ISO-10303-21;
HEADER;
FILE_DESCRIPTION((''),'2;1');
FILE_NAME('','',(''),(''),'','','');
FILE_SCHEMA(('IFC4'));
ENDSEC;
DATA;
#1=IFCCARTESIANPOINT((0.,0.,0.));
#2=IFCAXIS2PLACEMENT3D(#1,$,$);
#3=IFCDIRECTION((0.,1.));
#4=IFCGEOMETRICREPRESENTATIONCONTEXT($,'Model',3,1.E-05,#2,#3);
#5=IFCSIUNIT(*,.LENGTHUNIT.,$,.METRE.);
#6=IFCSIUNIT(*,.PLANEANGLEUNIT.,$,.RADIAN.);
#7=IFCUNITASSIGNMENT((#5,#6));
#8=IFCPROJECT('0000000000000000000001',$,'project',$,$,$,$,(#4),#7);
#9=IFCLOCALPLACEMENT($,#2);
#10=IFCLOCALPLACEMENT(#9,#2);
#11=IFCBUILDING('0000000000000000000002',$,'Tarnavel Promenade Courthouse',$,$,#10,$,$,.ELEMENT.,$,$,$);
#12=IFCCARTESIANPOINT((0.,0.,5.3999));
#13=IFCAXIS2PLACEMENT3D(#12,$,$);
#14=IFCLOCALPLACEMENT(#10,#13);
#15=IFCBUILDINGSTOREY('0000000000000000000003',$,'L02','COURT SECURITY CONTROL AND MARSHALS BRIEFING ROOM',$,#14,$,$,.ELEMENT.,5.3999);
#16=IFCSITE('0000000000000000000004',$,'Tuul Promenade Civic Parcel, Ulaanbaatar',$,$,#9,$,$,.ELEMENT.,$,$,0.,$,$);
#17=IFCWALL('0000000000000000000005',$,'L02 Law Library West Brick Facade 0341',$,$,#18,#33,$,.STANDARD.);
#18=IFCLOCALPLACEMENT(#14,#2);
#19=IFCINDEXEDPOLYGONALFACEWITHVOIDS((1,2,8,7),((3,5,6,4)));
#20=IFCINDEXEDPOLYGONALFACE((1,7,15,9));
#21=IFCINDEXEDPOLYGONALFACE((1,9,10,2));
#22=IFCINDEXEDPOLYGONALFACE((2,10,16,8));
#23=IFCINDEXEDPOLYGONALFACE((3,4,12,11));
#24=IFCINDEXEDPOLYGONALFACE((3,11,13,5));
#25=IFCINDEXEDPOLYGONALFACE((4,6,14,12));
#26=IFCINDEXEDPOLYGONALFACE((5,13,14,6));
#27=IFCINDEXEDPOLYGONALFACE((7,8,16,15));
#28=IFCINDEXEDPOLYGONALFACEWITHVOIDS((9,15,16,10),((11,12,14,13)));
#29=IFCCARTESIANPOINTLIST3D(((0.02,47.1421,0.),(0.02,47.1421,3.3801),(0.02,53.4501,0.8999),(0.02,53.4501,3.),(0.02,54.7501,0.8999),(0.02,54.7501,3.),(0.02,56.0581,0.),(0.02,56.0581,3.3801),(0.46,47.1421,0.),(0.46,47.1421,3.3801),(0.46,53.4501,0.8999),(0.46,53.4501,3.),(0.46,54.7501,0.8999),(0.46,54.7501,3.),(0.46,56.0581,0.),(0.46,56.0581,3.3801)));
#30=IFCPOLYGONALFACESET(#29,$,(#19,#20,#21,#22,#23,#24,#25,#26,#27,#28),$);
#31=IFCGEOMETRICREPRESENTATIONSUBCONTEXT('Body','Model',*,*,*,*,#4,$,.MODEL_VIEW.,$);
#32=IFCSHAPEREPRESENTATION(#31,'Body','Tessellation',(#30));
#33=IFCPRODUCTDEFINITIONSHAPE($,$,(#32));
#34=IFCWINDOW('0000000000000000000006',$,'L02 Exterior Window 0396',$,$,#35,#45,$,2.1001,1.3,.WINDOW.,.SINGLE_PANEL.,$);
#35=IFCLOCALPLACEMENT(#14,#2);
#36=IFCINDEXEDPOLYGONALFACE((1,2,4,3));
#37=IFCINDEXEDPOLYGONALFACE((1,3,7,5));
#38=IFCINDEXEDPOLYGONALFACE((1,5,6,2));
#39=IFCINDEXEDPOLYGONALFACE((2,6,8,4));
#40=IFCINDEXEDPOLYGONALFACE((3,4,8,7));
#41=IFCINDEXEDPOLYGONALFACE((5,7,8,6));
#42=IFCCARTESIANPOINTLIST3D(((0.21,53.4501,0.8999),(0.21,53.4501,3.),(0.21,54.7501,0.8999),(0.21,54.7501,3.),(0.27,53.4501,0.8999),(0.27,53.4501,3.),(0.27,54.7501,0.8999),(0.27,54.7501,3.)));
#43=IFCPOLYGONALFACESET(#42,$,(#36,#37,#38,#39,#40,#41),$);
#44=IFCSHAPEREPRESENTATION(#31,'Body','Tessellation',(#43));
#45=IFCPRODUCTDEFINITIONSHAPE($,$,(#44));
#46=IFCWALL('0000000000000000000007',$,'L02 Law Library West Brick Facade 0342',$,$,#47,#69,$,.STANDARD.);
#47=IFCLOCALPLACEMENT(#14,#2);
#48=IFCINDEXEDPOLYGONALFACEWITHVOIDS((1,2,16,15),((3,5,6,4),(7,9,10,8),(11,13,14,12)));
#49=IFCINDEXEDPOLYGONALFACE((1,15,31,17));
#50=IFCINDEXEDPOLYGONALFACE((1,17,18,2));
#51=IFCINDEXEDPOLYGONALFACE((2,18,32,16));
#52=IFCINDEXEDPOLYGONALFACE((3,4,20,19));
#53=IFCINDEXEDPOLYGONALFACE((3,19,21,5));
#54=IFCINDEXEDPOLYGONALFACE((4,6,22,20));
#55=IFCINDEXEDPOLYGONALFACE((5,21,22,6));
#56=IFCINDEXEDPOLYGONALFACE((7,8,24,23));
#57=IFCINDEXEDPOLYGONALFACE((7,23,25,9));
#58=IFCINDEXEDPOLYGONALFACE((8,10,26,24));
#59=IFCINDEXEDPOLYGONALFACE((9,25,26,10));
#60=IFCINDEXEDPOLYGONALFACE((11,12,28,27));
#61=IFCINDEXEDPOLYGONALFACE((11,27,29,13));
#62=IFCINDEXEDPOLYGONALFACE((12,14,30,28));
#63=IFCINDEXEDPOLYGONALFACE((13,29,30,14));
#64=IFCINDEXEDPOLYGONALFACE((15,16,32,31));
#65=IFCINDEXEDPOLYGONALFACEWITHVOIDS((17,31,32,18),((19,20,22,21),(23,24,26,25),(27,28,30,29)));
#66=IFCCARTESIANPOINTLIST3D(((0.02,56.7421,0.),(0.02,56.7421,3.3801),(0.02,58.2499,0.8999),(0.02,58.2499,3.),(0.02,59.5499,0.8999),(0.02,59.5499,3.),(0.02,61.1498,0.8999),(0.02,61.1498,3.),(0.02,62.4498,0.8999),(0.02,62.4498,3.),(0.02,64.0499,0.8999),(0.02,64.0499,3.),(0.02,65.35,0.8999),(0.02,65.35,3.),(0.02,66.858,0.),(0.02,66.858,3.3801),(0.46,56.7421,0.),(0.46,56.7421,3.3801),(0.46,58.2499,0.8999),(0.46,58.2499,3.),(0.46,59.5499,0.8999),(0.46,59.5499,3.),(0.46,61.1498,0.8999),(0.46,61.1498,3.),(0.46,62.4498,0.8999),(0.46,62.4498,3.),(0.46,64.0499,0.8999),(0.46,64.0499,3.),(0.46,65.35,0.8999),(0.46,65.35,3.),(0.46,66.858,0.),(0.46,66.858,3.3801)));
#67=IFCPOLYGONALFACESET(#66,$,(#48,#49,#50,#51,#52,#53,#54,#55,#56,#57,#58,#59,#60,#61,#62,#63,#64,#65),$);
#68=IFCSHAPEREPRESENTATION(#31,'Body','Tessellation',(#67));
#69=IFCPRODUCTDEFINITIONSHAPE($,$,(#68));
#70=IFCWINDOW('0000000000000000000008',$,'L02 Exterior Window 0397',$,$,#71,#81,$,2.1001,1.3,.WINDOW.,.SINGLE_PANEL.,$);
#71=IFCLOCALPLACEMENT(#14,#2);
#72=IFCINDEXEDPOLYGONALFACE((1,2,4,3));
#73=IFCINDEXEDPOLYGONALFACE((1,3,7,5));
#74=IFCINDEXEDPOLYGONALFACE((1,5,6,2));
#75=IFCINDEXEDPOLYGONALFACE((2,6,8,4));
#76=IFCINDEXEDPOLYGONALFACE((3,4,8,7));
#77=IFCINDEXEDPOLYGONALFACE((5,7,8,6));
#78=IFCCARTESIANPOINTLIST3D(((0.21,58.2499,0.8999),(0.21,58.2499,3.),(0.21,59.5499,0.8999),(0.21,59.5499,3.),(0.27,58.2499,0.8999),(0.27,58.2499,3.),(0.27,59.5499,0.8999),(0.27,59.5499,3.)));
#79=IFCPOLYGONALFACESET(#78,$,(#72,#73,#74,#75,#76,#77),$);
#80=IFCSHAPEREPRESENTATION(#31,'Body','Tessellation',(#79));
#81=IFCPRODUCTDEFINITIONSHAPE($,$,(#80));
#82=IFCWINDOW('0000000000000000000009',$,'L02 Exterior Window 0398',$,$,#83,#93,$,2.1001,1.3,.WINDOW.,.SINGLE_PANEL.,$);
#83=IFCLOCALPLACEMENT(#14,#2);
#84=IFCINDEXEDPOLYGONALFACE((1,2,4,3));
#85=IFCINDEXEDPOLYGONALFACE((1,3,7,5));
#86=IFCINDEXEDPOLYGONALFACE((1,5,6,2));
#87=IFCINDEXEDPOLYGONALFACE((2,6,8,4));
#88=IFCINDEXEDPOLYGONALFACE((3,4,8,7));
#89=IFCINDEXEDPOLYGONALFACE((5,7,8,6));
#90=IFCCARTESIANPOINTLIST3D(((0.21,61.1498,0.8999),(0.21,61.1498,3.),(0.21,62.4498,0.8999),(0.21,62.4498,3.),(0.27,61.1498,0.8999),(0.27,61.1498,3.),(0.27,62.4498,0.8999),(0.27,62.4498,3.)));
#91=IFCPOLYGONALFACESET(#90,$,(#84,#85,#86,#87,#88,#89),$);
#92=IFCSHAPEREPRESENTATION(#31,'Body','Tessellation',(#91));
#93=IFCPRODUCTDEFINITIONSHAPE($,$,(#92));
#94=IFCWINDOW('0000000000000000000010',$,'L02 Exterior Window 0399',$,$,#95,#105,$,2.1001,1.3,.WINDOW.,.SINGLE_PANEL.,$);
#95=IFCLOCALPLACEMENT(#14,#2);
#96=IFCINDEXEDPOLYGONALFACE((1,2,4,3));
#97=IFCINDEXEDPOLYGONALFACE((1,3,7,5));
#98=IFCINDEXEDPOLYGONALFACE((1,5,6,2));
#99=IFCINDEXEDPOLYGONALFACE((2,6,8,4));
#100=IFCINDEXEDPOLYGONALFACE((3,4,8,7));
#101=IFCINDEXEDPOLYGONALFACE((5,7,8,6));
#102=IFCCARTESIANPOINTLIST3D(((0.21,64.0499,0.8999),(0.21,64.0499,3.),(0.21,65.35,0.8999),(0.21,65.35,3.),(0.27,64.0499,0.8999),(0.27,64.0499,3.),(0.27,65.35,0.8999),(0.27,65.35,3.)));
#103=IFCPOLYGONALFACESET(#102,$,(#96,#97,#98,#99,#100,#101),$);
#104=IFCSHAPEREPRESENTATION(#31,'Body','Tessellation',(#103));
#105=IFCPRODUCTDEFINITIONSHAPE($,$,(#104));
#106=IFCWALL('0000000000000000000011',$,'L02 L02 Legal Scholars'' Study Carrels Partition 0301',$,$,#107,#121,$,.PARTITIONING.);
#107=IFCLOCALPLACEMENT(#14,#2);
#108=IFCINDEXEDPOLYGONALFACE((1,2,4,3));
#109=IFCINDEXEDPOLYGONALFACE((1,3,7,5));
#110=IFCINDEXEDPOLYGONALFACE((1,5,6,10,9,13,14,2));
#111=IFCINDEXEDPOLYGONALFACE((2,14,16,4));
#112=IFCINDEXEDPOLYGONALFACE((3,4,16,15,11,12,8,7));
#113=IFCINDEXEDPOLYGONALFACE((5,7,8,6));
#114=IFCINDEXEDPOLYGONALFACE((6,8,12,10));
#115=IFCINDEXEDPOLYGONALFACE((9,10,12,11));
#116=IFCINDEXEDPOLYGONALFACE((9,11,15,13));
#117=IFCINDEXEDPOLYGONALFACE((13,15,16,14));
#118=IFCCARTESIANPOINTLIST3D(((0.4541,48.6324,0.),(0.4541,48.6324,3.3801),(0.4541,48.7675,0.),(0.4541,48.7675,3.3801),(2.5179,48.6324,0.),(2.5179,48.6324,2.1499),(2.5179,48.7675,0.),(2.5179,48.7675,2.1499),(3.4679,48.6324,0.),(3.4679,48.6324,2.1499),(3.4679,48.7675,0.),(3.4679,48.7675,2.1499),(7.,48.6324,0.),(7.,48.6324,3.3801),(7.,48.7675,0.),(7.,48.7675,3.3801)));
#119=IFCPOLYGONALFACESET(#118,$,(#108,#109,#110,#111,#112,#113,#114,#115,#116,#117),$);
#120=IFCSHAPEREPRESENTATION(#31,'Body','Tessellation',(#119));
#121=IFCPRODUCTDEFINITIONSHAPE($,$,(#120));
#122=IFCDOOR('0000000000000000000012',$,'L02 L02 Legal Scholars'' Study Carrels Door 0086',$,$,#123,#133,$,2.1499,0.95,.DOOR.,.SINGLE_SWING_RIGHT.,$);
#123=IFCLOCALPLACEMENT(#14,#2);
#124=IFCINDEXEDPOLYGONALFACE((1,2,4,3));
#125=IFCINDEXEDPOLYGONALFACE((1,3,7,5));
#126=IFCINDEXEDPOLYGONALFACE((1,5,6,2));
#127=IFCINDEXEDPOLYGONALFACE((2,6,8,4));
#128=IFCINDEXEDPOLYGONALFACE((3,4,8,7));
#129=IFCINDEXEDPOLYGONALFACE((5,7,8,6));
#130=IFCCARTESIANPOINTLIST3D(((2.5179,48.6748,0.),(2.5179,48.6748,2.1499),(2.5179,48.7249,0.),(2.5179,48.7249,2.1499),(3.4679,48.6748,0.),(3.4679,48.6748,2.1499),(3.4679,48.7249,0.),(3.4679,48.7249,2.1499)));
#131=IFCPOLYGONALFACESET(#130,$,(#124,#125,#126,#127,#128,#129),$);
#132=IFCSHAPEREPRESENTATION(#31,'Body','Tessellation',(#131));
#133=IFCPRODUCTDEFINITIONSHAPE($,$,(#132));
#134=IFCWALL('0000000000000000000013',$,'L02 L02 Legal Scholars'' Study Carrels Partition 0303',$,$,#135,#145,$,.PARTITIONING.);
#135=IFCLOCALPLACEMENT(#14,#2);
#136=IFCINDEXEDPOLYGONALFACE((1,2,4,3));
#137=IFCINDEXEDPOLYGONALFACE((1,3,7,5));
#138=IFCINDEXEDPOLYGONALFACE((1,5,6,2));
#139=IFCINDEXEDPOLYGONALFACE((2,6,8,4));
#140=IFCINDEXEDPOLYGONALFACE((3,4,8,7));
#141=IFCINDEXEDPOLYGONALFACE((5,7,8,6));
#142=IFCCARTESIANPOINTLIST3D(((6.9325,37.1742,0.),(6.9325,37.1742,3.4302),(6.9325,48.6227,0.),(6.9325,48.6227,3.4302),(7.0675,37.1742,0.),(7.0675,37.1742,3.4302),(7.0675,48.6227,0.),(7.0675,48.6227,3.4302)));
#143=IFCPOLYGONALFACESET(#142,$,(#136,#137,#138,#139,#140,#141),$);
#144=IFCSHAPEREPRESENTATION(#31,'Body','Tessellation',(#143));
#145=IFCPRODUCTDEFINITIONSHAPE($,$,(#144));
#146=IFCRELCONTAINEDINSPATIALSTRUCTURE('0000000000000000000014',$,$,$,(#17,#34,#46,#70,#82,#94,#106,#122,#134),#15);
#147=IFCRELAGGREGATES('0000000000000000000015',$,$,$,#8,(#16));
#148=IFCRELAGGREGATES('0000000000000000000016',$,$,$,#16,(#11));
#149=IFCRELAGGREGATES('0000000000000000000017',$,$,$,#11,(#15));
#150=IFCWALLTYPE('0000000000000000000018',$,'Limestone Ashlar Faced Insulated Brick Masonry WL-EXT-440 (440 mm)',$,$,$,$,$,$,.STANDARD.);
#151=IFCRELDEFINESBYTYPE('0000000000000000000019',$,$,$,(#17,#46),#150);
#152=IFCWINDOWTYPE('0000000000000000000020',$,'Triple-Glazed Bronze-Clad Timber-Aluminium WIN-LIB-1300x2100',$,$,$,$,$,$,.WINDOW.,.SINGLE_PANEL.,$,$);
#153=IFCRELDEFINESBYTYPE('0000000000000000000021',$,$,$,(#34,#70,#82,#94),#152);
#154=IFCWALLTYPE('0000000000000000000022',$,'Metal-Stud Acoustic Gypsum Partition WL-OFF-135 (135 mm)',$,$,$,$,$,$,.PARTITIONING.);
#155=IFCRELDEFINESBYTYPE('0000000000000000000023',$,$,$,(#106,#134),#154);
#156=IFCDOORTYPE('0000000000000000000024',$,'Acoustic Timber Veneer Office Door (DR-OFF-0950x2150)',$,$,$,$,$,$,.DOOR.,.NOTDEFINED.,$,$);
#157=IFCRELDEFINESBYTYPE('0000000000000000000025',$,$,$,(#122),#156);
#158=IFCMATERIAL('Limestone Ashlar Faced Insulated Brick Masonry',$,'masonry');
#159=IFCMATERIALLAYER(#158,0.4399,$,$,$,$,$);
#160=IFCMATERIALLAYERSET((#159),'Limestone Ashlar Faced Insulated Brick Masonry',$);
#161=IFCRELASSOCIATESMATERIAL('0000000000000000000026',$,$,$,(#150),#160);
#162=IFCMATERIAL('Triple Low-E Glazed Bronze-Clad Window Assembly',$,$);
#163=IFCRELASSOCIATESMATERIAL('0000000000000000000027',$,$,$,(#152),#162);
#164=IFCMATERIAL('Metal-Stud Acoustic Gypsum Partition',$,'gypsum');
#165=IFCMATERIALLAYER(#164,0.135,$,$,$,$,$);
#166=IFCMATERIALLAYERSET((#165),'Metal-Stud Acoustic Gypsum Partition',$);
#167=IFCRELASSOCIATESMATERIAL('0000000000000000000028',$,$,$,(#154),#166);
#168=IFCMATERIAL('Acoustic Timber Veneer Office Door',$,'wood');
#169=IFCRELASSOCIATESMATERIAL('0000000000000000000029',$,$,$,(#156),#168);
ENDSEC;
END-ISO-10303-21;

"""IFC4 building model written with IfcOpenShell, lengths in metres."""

from ifc_helpers import new_model, si_unit, direction, frame, frame_2d, origin, place, context, subcontext, project, spatial, rectangle, extrude, material, layer, layer_set, type_object, element, fill, save


model = new_model("IFC4")

# Units and contexts
model_context = context("Model", 3, precision=1e-05, world=origin(), true_north=direction((0.0, 1.0)))
body_context = subcontext(model_context, "Body", "Model", "MODEL_VIEW")
ifc_project = project(units=[si_unit("LENGTHUNIT", "METRE"), si_unit("PLANEANGLEUNIT", "RADIAN")], contexts=[model_context])

# Site, building, storey
site_placement = place(None, origin())
site = spatial("IfcSite", under=ifc_project, at=site_placement, Name="Tuul Promenade Civic Parcel, Ulaanbaatar", CompositionType="ELEMENT", RefElevation=0.0)
building_placement = place(site_placement, origin())
building = spatial("IfcBuilding", under=site, at=building_placement, Name="Tarnavel Promenade Courthouse", CompositionType="ELEMENT")
storey_placement = place(building_placement, frame((0.0, 0.0, 5.3999)))
storey = spatial("IfcBuildingStorey", under=building, at=storey_placement, Name="L02", Description="COURT SECURITY CONTROL AND MARSHALS BRIEFING ROOM", CompositionType="ELEMENT", Elevation=5.3999)

# Wall, opening, window
ifc_material_1 = material(Name="Limestone Ashlar Faced Insulated Brick Masonry", Category="masonry")
ifc_layer_1 = layer(ifc_material_1, 0.4399)
ifc_layer_set_1 = layer_set([ifc_layer_1], Name="Limestone Ashlar Faced Insulated Brick Masonry")
wall_type_1 = type_object("IfcWallType", Name="Limestone Ashlar Faced Insulated Brick Masonry WL-EXT-440 (440 mm)", PredefinedType="STANDARD", material=ifc_layer_set_1)
wall_1_placement = place(storey_placement, frame((0.24, 47.1421, 0.0), z_axis=(0.0, 0.0, 1.0), x_axis=(0.0, 1.0, 0.0)))
wall_1 = element("IfcWall", 1, at=wall_1_placement, inside=storey, type_object=wall_type_1, Name="L02 Law Library West Brick Facade 0341", PredefinedType="STANDARD", context=body_context, shape_type="SweptSolid", body=[
    extrude(rectangle(XDim=8.916, YDim=0.4399, at=frame_2d((4.458, 0.0))), origin(), (0.0, 0.0, 1.0), 3.3801),
])
opening_1_placement = place(wall_1_placement, frame((6.3081, 0.0, 0.8999)))
opening_1 = element("IfcOpeningElement", 2, at=opening_1_placement, cuts=wall_1, PredefinedType="OPENING", context=body_context, shape_type="SweptSolid", body=[
    extrude(rectangle(XDim=1.3, YDim=2.1001, at=frame_2d((0.6499, 1.05))), frame((0.0, 0.23, 0.0), z_axis=(0.0, -1.0, 0.0), x_axis=(1.0, 0.0, 0.0)), (0.0, 0.0, 1.0), 0.46),
])
ifc_material_2 = material(Name="Triple Low-E Glazed Bronze-Clad Window Assembly")
window_type = type_object("IfcWindowType", Name="Triple-Glazed Bronze-Clad Timber-Aluminium WIN-LIB-1300x2100", PartitioningType="SINGLE_PANEL", PredefinedType="WINDOW", material=ifc_material_2)
window_1_placement = place(opening_1_placement, origin())
window_1 = element("IfcWindow", 3, at=window_1_placement, inside=storey, type_object=window_type, Name="L02 Exterior Window 0396", OverallHeight=2.1001, OverallWidth=1.3, PartitioningType="SINGLE_PANEL", PredefinedType="WINDOW", context=body_context, shape_type="SweptSolid", body=[
    extrude(rectangle(XDim=1.3, YDim=2.1001, at=frame_2d((0.6499, 1.05))), frame((0.0, 0.03, 0.0), z_axis=(0.0, -1.0, 0.0), x_axis=(1.0, 0.0, 0.0)), (0.0, 0.0, 1.0), 0.0601),
])
fill(opening_1, window_1)

# Wall, openings, windows
wall_2_placement = place(storey_placement, frame((0.24, 56.7419, 0.0), z_axis=(0.0, 0.0, 1.0), x_axis=(0.0, 1.0, 0.0)))
wall_2 = element("IfcWall", 4, at=wall_2_placement, inside=storey, type_object=wall_type_1, Name="L02 Law Library West Brick Facade 0342", PredefinedType="STANDARD", context=body_context, shape_type="SweptSolid", body=[
    extrude(rectangle(XDim=10.116, YDim=0.4399, at=frame_2d((5.0581, 0.0))), origin(), (0.0, 0.0, 1.0), 3.3801),
])
opening_2_placement = place(wall_2_placement, frame((1.5081, 0.0, 0.8999)))
opening_2 = element("IfcOpeningElement", 5, at=opening_2_placement, cuts=wall_2, PredefinedType="OPENING", context=body_context, shape_type="SweptSolid", body=[
    extrude(rectangle(XDim=1.3, YDim=2.1001, at=frame_2d((0.6499, 1.05))), frame((0.0, 0.23, 0.0), z_axis=(0.0, -1.0, 0.0), x_axis=(1.0, 0.0, 0.0)), (0.0, 0.0, 1.0), 0.46),
])
opening_3_placement = place(wall_2_placement, frame((4.408, 0.0, 0.8999)))
opening_3 = element("IfcOpeningElement", 6, at=opening_3_placement, cuts=wall_2, PredefinedType="OPENING", context=body_context, shape_type="SweptSolid", body=[
    extrude(rectangle(XDim=1.3, YDim=2.1001, at=frame_2d((0.6499, 1.05))), frame((0.0, 0.23, 0.0), z_axis=(0.0, -1.0, 0.0), x_axis=(1.0, 0.0, 0.0)), (0.0, 0.0, 1.0), 0.46),
])
opening_4_placement = place(wall_2_placement, frame((7.3081, 0.0, 0.8999)))
opening_4 = element("IfcOpeningElement", 7, at=opening_4_placement, cuts=wall_2, PredefinedType="OPENING", context=body_context, shape_type="SweptSolid", body=[
    extrude(rectangle(XDim=1.3, YDim=2.1001, at=frame_2d((0.6499, 1.05))), frame((0.0, 0.23, 0.0), z_axis=(0.0, -1.0, 0.0), x_axis=(1.0, 0.0, 0.0)), (0.0, 0.0, 1.0), 0.46),
])
window_2_placement = place(opening_2_placement, origin())
window_2 = element("IfcWindow", 8, at=window_2_placement, inside=storey, type_object=window_type, Name="L02 Exterior Window 0397", OverallHeight=2.1001, OverallWidth=1.3, PartitioningType="SINGLE_PANEL", PredefinedType="WINDOW", context=body_context, shape_type="SweptSolid", body=[
    extrude(rectangle(XDim=1.3, YDim=2.1001, at=frame_2d((0.6499, 1.05))), frame((0.0, 0.03, 0.0), z_axis=(0.0, -1.0, 0.0), x_axis=(1.0, 0.0, 0.0)), (0.0, 0.0, 1.0), 0.0601),
])
fill(opening_2, window_2)
window_3_placement = place(opening_3_placement, origin())
window_3 = element("IfcWindow", 9, at=window_3_placement, inside=storey, type_object=window_type, Name="L02 Exterior Window 0398", OverallHeight=2.1001, OverallWidth=1.3, PartitioningType="SINGLE_PANEL", PredefinedType="WINDOW", context=body_context, shape_type="SweptSolid", body=[
    extrude(rectangle(XDim=1.3, YDim=2.1001, at=frame_2d((0.6499, 1.05))), frame((0.0, 0.03, 0.0), z_axis=(0.0, -1.0, 0.0), x_axis=(1.0, 0.0, 0.0)), (0.0, 0.0, 1.0), 0.0601),
])
fill(opening_3, window_3)
window_4_placement = place(opening_4_placement, origin())
window_4 = element("IfcWindow", 10, at=window_4_placement, inside=storey, type_object=window_type, Name="L02 Exterior Window 0399", OverallHeight=2.1001, OverallWidth=1.3, PartitioningType="SINGLE_PANEL", PredefinedType="WINDOW", context=body_context, shape_type="SweptSolid", body=[
    extrude(rectangle(XDim=1.3, YDim=2.1001, at=frame_2d((0.6499, 1.05))), frame((0.0, 0.03, 0.0), z_axis=(0.0, -1.0, 0.0), x_axis=(1.0, 0.0, 0.0)), (0.0, 0.0, 1.0), 0.0601),
])
fill(opening_4, window_4)

# Wall, opening, door
ifc_material_3 = material(Name="Metal-Stud Acoustic Gypsum Partition", Category="gypsum")
ifc_layer_2 = layer(ifc_material_3, 0.135)
ifc_layer_set_2 = layer_set([ifc_layer_2], Name="Metal-Stud Acoustic Gypsum Partition")
wall_type_2 = type_object("IfcWallType", Name="Metal-Stud Acoustic Gypsum Partition WL-OFF-135 (135 mm)", PredefinedType="PARTITIONING", material=ifc_layer_set_2)
wall_3_placement = place(storey_placement, frame((0.4541, 48.7, 0.0), z_axis=(0.0, 0.0, 1.0), x_axis=(1.0, 0.0, 0.0)))
wall_3 = element("IfcWall", 11, at=wall_3_placement, inside=storey, type_object=wall_type_2, Name="L02 L02 Legal Scholars' Study Carrels Partition 0301", PredefinedType="PARTITIONING", context=body_context, shape_type="SweptSolid", body=[
    extrude(rectangle(XDim=6.5459, YDim=0.135, at=frame_2d((3.2729, 0.0))), origin(), (0.0, 0.0, 1.0), 3.3801),
])
opening_5_placement = place(wall_3_placement, frame((2.0637, 0.0, 0.0)))
opening_5 = element("IfcOpeningElement", 12, at=opening_5_placement, cuts=wall_3, PredefinedType="OPENING", context=body_context, shape_type="SweptSolid", body=[
    extrude(rectangle(XDim=0.95, YDim=2.1499, at=frame_2d((0.4751, 1.075))), frame((0.0, 0.0774, 0.0), z_axis=(0.0, -1.0, 0.0), x_axis=(1.0, 0.0, 0.0)), (0.0, 0.0, 1.0), 0.155),
])
ifc_material_4 = material(Name="Acoustic Timber Veneer Office Door", Category="wood")
door_type = type_object("IfcDoorType", Name="Acoustic Timber Veneer Office Door (DR-OFF-0950x2150)", OperationType="NOTDEFINED", PredefinedType="DOOR", material=ifc_material_4)
door_placement = place(opening_5_placement, origin())
door = element("IfcDoor", 13, at=door_placement, inside=storey, type_object=door_type, Name="L02 L02 Legal Scholars' Study Carrels Door 0086", OperationType="SINGLE_SWING_RIGHT", OverallHeight=2.1499, OverallWidth=0.95, PredefinedType="DOOR", context=body_context, shape_type="SweptSolid", body=[
    extrude(rectangle(XDim=0.95, YDim=2.1499, at=frame_2d((0.4751, 1.075))), frame((0.0, 0.0249, 0.0), z_axis=(0.0, -1.0, 0.0), x_axis=(1.0, 0.0, 0.0)), (0.0, 0.0, 1.0), 0.05),
])
fill(opening_5, door)

# Wall
wall_4_placement = place(storey_placement, frame((7.0, 48.6226, 0.0), z_axis=(0.0, 0.0, 1.0), x_axis=(0.0, -1.0, 0.0)))
element("IfcWall", 14, at=wall_4_placement, inside=storey, type_object=wall_type_2, Name="L02 L02 Legal Scholars' Study Carrels Partition 0303", PredefinedType="PARTITIONING", context=body_context, shape_type="SweptSolid", body=[
    extrude(rectangle(XDim=11.4485, YDim=0.135, at=frame_2d((5.7241, 0.0))), origin(), (0.0, 0.0, 1.0), 3.4302),
])

save(model, "model.ifc")
